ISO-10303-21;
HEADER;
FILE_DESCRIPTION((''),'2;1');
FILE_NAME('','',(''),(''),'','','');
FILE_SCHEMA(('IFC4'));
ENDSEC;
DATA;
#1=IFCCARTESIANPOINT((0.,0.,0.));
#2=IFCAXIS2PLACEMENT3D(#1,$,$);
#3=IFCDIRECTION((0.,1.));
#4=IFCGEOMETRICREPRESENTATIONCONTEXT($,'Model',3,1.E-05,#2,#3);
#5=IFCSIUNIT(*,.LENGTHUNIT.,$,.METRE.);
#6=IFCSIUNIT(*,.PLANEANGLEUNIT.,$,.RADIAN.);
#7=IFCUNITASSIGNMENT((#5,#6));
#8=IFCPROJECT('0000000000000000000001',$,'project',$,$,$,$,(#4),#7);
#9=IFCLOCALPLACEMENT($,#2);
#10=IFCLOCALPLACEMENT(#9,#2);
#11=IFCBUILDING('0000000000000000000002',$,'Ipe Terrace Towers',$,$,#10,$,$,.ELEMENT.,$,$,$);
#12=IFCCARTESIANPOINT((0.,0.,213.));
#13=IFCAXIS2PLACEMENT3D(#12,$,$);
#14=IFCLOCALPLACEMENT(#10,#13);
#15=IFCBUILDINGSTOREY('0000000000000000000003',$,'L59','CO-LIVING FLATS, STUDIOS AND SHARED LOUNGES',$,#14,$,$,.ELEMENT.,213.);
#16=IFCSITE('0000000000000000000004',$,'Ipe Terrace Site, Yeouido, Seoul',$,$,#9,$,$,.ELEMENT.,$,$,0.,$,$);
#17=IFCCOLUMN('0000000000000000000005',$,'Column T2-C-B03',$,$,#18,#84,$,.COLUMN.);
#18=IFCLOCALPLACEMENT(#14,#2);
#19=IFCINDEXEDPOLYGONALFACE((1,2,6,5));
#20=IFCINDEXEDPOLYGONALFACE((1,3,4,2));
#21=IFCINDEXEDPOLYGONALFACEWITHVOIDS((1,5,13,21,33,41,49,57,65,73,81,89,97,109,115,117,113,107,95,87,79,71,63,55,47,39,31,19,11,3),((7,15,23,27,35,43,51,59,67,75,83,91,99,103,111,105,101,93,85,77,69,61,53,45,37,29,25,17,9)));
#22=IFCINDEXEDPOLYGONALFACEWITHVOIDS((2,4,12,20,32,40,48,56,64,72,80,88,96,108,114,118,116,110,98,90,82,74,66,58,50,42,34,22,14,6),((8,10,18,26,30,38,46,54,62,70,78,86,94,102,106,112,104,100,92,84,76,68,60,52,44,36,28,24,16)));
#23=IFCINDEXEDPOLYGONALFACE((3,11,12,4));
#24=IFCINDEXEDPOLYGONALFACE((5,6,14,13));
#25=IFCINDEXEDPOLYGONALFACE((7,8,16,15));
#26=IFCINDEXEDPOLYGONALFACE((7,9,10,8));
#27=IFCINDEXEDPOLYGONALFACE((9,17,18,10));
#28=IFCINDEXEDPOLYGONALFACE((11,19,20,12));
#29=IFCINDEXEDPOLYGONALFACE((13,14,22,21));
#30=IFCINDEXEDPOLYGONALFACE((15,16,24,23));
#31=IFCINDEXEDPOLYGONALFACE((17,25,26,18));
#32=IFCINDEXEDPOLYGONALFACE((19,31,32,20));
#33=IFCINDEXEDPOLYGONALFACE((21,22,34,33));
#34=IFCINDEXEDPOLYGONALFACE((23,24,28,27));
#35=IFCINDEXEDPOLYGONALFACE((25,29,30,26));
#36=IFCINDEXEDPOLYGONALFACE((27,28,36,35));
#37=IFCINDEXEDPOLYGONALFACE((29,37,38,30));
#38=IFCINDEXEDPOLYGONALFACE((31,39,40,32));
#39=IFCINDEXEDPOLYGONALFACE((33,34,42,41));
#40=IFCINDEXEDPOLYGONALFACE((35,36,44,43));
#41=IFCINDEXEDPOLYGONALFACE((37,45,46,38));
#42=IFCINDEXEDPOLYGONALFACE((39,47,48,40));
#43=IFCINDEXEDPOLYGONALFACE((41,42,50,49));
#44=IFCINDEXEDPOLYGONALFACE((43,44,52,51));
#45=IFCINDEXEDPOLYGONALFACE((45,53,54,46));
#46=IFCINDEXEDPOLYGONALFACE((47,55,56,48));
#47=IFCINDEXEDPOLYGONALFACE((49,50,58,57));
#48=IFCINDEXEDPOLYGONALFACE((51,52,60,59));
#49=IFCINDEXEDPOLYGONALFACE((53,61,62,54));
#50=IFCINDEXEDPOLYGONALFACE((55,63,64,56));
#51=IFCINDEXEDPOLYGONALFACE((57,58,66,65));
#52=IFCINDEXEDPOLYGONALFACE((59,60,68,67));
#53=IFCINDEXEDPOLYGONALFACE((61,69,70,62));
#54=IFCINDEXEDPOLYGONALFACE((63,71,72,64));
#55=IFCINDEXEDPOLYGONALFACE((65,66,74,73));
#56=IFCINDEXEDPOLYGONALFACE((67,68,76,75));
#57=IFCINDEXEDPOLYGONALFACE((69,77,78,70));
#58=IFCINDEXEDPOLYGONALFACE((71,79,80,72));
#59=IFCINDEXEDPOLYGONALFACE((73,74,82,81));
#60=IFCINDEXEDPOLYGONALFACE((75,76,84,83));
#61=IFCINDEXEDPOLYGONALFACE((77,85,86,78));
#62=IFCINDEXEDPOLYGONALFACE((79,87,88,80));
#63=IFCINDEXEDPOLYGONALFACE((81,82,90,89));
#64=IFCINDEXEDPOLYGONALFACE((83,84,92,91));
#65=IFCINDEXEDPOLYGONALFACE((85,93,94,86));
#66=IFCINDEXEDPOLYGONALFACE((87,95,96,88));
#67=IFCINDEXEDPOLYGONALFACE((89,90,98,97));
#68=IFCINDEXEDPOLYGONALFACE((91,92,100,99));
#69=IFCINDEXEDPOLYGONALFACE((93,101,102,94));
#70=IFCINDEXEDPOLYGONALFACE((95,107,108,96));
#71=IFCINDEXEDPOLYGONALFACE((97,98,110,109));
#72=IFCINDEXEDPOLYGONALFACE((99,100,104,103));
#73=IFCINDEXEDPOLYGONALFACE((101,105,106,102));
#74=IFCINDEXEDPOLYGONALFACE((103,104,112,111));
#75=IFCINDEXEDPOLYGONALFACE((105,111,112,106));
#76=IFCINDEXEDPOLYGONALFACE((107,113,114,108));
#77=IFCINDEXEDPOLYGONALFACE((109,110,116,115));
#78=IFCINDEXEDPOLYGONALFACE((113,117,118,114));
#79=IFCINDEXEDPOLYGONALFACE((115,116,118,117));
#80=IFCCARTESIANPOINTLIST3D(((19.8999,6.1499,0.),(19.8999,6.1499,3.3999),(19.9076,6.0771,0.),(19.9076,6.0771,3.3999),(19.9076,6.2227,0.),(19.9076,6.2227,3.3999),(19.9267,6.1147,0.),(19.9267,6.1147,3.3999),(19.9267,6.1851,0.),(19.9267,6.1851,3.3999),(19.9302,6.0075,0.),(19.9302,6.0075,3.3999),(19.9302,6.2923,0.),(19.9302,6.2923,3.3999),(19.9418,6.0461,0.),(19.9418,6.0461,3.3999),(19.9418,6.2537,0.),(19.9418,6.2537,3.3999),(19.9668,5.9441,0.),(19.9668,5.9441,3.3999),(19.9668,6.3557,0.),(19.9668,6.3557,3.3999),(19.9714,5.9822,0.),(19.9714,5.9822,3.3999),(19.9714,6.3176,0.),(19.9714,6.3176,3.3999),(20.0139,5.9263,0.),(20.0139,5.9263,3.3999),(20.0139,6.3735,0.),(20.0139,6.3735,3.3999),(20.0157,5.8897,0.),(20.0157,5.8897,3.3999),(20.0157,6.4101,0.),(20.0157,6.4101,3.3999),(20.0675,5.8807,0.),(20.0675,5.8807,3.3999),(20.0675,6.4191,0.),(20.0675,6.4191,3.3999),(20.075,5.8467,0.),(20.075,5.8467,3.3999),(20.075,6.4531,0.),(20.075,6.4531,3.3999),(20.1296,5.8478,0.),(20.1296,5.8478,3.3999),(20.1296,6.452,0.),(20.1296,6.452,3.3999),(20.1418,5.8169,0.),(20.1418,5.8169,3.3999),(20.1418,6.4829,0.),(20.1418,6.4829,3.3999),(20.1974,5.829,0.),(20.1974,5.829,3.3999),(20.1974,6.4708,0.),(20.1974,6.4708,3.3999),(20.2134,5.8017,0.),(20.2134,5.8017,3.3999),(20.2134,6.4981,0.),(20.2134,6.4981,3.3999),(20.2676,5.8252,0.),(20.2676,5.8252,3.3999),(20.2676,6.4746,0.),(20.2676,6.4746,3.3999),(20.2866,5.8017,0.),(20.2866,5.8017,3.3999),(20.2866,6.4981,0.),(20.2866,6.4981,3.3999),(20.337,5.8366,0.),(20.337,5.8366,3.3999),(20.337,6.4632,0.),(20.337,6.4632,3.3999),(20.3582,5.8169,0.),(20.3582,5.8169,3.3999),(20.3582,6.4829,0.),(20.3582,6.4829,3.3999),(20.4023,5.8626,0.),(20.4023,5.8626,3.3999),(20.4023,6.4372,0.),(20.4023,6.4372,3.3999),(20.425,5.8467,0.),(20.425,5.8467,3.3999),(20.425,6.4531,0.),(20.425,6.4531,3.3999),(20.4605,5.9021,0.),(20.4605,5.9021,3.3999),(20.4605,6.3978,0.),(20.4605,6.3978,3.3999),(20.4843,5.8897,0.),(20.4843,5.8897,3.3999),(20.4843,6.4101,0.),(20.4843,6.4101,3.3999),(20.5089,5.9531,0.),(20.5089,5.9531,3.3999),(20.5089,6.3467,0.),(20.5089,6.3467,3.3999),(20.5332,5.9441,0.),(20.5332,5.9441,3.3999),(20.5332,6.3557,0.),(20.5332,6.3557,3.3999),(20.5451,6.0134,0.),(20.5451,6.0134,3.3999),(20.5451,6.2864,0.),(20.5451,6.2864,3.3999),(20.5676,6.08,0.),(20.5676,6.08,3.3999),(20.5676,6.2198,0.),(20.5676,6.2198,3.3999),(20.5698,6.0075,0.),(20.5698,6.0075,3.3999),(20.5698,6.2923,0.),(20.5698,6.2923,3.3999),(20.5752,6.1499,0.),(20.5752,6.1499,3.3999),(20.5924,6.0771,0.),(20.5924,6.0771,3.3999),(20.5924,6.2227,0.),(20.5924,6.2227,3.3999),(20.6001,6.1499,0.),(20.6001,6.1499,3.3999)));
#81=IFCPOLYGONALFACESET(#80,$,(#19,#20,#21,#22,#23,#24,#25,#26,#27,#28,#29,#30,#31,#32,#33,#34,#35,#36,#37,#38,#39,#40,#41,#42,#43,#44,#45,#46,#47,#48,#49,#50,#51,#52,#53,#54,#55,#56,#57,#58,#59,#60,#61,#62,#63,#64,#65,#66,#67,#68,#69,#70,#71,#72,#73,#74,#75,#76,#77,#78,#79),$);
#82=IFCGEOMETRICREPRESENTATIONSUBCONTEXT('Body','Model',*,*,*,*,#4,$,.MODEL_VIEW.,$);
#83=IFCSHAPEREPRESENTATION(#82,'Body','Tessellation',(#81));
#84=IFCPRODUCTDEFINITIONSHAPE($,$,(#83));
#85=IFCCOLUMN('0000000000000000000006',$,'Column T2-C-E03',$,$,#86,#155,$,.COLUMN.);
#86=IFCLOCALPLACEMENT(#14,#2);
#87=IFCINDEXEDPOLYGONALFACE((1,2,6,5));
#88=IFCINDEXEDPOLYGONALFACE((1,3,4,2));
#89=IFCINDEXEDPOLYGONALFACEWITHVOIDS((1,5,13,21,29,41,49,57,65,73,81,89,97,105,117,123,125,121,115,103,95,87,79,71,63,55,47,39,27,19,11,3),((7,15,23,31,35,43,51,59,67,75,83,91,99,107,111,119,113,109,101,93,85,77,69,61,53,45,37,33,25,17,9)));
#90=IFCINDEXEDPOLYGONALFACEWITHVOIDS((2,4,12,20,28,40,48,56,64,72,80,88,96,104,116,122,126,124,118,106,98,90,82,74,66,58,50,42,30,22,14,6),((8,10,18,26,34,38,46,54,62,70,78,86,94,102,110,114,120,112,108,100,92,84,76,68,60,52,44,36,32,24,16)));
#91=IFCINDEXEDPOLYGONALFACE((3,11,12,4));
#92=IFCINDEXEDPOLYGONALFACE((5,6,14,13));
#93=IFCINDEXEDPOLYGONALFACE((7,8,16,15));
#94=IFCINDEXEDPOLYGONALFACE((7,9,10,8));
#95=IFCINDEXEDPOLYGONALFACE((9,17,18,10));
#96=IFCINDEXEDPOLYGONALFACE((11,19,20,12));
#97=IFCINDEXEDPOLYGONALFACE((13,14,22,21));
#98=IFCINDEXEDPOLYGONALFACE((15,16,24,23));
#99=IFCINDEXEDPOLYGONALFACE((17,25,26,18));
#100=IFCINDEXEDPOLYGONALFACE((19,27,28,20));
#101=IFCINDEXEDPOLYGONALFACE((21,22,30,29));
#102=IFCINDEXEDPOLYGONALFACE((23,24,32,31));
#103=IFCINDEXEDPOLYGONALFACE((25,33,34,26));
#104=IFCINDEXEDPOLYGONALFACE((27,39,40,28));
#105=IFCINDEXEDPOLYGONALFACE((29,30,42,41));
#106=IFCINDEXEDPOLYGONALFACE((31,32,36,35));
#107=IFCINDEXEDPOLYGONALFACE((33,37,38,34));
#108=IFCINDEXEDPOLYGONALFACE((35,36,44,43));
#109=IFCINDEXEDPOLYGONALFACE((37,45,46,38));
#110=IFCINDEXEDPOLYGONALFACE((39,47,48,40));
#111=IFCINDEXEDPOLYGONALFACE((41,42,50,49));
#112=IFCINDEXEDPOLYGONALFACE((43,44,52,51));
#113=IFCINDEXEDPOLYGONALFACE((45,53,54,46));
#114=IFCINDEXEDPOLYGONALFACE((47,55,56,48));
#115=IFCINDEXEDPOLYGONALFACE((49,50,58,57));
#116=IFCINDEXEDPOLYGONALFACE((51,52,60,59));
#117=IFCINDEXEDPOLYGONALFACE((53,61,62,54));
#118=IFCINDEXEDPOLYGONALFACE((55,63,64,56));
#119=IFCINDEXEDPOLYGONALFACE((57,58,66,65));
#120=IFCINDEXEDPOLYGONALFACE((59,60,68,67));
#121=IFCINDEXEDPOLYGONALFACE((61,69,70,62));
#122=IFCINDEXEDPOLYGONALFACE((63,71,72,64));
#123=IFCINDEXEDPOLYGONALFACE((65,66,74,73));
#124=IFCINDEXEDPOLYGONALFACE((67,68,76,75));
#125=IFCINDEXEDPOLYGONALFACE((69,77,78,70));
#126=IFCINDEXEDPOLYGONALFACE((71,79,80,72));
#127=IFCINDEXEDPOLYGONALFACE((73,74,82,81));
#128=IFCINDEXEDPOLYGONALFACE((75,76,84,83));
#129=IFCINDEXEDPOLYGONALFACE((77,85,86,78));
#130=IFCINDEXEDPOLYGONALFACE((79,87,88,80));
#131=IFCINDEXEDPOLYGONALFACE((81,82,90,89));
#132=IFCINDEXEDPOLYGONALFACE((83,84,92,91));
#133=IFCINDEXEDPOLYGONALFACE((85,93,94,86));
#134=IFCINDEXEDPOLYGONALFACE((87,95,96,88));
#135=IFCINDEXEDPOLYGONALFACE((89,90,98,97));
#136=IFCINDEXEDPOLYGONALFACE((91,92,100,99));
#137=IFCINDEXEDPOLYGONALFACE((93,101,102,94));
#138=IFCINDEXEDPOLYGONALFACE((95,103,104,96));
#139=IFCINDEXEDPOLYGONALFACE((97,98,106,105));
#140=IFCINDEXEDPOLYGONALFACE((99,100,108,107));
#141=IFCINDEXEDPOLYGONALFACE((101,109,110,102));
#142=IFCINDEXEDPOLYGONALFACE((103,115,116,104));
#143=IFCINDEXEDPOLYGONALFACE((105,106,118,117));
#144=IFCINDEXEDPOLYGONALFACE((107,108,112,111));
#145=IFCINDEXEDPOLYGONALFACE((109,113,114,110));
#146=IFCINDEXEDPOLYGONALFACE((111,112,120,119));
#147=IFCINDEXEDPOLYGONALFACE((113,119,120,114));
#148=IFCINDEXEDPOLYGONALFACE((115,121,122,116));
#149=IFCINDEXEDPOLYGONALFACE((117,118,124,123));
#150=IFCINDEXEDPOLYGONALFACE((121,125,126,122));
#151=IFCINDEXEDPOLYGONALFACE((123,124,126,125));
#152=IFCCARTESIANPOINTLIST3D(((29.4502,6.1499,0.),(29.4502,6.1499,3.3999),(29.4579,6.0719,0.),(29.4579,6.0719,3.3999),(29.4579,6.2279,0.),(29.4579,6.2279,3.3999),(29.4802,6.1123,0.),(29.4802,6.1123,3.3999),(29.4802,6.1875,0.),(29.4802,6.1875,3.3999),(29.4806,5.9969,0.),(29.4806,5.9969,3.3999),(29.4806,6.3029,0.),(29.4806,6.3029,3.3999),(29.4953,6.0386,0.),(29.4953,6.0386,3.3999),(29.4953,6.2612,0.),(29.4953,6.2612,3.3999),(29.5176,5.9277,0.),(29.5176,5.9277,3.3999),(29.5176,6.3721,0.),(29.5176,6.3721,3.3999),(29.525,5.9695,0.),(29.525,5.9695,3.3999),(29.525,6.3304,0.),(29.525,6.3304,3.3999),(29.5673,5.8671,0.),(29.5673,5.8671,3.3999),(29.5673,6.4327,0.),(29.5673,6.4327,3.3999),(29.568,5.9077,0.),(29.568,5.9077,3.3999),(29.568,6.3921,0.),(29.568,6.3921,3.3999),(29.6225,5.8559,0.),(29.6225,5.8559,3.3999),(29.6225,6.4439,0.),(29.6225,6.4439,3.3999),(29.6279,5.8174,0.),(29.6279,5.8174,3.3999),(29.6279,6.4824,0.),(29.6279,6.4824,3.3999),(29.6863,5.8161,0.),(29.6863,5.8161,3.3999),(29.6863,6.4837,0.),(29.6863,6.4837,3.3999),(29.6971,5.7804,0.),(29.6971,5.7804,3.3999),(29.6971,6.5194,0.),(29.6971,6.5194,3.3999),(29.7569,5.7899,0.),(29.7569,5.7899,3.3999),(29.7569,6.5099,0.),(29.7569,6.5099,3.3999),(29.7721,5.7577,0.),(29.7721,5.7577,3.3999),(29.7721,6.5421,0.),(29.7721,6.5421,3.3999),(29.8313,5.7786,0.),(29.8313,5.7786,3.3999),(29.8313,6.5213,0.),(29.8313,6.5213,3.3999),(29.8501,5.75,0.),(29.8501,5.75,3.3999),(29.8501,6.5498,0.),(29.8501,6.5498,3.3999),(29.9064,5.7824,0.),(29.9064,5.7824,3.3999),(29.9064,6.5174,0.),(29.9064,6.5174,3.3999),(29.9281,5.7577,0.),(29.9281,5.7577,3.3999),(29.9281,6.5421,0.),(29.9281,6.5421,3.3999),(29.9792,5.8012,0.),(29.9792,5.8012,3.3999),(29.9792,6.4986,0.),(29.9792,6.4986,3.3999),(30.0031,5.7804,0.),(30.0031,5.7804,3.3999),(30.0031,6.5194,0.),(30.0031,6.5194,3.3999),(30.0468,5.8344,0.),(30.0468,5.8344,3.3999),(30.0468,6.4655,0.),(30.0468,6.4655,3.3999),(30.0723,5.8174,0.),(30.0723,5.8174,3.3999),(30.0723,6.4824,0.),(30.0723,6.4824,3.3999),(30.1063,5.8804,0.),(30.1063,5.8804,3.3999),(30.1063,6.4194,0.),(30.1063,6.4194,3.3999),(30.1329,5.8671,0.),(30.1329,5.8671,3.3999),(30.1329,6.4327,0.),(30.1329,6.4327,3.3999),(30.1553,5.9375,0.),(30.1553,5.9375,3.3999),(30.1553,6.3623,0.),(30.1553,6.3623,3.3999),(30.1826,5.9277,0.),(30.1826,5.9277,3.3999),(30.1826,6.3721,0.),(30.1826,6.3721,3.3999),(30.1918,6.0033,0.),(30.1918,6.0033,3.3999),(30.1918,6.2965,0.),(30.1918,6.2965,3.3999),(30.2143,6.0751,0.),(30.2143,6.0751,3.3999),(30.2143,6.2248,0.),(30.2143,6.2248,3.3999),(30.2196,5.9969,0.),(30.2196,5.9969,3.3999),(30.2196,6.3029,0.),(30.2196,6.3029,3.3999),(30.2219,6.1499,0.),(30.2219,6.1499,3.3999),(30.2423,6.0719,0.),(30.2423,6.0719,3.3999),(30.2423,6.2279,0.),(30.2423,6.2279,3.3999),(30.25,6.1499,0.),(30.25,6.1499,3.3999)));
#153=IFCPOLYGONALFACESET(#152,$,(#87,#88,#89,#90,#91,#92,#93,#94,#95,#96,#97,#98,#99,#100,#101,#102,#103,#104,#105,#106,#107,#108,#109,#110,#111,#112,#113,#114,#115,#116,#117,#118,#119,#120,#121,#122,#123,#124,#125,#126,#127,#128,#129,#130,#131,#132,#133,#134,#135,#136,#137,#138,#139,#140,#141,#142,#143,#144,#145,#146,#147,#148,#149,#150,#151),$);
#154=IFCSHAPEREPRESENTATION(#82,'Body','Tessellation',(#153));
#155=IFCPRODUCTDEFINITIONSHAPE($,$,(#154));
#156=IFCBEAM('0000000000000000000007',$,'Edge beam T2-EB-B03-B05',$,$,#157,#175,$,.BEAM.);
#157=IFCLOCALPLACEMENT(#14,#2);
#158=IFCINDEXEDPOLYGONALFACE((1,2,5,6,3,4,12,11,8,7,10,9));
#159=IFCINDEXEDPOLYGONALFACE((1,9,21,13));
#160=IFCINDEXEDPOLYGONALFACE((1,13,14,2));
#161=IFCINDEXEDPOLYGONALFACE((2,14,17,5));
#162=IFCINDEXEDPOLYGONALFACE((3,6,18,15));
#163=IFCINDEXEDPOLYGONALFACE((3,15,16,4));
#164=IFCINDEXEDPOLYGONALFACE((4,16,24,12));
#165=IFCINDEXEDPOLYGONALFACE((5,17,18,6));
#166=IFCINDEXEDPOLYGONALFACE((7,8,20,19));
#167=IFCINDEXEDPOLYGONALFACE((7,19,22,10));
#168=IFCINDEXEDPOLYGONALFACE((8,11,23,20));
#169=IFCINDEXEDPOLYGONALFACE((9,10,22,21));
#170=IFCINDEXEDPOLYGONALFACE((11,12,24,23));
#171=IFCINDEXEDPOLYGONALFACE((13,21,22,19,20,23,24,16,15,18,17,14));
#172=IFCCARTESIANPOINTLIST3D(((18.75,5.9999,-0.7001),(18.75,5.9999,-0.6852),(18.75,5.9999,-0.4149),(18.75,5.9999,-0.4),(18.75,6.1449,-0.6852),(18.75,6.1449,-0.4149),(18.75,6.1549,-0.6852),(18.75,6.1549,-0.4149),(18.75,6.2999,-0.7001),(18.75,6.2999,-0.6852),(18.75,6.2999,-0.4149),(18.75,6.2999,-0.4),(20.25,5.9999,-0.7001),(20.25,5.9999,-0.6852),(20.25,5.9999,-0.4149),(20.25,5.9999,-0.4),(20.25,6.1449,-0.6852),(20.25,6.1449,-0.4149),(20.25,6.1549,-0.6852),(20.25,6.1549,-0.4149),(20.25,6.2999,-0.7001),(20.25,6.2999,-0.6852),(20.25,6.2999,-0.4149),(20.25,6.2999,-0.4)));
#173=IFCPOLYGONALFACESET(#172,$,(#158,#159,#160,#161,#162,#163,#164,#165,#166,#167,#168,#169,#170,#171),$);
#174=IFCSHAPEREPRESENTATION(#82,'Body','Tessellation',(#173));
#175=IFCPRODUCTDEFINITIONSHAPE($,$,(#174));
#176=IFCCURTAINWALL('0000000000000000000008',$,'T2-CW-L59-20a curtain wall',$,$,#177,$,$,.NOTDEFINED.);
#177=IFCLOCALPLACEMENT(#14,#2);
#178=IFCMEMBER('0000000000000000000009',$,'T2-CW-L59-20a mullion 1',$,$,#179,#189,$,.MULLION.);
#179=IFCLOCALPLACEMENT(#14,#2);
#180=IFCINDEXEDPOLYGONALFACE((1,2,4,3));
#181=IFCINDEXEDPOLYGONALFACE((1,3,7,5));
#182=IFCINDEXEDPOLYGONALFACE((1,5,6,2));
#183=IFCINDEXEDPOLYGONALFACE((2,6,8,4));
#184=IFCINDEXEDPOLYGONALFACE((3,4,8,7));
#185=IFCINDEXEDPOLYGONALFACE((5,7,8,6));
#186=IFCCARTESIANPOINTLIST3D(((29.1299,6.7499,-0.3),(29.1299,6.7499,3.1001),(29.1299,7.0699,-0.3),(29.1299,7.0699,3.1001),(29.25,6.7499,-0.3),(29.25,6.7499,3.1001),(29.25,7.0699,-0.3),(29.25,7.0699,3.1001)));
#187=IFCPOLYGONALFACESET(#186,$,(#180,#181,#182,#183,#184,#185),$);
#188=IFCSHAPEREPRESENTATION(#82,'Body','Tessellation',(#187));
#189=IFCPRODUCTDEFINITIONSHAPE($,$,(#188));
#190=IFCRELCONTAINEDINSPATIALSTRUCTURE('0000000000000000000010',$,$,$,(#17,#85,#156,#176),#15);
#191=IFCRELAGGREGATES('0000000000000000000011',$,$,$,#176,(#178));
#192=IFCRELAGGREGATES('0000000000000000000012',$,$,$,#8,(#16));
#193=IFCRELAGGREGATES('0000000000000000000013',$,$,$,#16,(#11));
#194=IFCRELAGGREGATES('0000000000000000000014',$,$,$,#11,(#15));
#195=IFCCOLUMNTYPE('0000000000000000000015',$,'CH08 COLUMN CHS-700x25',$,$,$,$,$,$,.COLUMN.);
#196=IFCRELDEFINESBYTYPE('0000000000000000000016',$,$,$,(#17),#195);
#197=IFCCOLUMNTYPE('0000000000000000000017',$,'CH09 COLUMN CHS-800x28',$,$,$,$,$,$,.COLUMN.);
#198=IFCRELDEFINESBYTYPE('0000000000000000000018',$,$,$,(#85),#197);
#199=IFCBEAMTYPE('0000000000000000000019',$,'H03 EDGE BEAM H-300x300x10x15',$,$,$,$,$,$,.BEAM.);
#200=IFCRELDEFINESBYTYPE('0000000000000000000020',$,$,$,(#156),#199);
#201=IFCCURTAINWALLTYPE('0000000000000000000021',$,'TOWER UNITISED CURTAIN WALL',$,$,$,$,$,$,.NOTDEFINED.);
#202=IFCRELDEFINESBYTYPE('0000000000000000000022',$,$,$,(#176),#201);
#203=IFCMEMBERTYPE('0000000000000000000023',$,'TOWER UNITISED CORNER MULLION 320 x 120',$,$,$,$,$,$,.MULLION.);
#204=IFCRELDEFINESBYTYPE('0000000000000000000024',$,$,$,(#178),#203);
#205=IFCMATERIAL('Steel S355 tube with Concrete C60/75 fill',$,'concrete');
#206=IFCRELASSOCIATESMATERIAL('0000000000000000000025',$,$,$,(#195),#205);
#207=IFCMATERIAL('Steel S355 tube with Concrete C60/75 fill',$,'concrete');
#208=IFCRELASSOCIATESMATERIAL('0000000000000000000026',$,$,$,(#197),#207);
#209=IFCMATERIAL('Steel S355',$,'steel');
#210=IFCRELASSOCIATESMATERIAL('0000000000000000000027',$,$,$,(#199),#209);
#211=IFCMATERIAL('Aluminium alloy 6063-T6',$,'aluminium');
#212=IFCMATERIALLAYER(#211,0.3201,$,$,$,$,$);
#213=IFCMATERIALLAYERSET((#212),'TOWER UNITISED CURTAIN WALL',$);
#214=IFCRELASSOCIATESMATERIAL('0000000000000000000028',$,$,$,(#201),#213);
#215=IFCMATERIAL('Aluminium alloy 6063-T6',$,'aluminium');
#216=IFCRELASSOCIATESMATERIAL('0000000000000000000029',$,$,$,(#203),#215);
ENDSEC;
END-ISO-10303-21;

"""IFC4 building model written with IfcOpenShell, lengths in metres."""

from ifc_helpers import new_model, si_unit, direction, frame, origin, origin_2d, place, context, subcontext, project, spatial, rectangle, hollow_circle, i_section, extrude, material, layer, layer_set, material_profile, profile_set, type_object, element, aggregate, save


model = new_model("IFC4")

# Units and contexts
model_context = context("Model", 3, precision=1e-05, world=origin(), true_north=direction((0.0, 1.0)))
body_context = subcontext(model_context, "Body", "Model", "MODEL_VIEW")
ifc_project = project(units=[si_unit("LENGTHUNIT", "METRE"), si_unit("PLANEANGLEUNIT", "RADIAN")], contexts=[model_context])

# Site, building, storey
site_placement = place(None, origin())
site = spatial("IfcSite", under=ifc_project, at=site_placement, Name="Ipe Terrace Site, Yeouido, Seoul", CompositionType="ELEMENT", RefElevation=0.0)
building_placement = place(site_placement, origin())
building = spatial("IfcBuilding", under=site, at=building_placement, Name="Ipe Terrace Towers", CompositionType="ELEMENT")
storey_placement = place(building_placement, frame((0.0, 0.0, 213.0)))
storey = spatial("IfcBuildingStorey", under=building, at=storey_placement, Name="L59", Description="CO-LIVING FLATS, STUDIOS AND SHARED LOUNGES", CompositionType="ELEMENT", Elevation=213.0)

# Columns
ifc_material_1 = material(Name="Steel S355 tube with Concrete C60/75 fill", Category="concrete")
ifc_material_profile_1 = material_profile(ifc_material_1, hollow_circle(Radius=0.3501, WallThickness=0.0249, at=origin_2d()), Name="CHS-700x25")
ifc_profile_set_1 = profile_set([ifc_material_profile_1], Name="Steel S355 tube with Concrete C60/75 fill")
column_type_1 = type_object("IfcColumnType", Name="CH08 COLUMN CHS-700x25", PredefinedType="COLUMN", material=ifc_profile_set_1)
column_1_placement = place(storey_placement, frame((20.25, 6.1499, 0.0), z_axis=(0.0, 0.0, 1.0), x_axis=(1.0, 0.0, 0.0)))
element("IfcColumn", 1, at=column_1_placement, inside=storey, type_object=column_type_1, Name="Column T2-C-B03", PredefinedType="COLUMN", context=body_context, shape_type="SweptSolid", body=[
    extrude(hollow_circle(Radius=0.3501, WallThickness=0.0249, at=origin_2d()), origin(), (0.0, 0.0, 1.0), 3.3999),
])
ifc_material_2 = material(Name="Steel S355 tube with Concrete C60/75 fill", Category="concrete")
ifc_material_profile_2 = material_profile(ifc_material_2, hollow_circle(Radius=0.3999, WallThickness=0.0281, at=origin_2d()), Name="CHS-800x28")
ifc_profile_set_2 = profile_set([ifc_material_profile_2], Name="Steel S355 tube with Concrete C60/75 fill")
column_type_2 = type_object("IfcColumnType", Name="CH09 COLUMN CHS-800x28", PredefinedType="COLUMN", material=ifc_profile_set_2)
column_2_placement = place(storey_placement, frame((29.8501, 6.1499, 0.0), z_axis=(0.0, 0.0, 1.0), x_axis=(1.0, 0.0, 0.0)))
element("IfcColumn", 2, at=column_2_placement, inside=storey, type_object=column_type_2, Name="Column T2-C-E03", PredefinedType="COLUMN", context=body_context, shape_type="SweptSolid", body=[
    extrude(hollow_circle(Radius=0.3999, WallThickness=0.0281, at=origin_2d()), origin(), (0.0, 0.0, 1.0), 3.3999),
])

# Beam
ifc_material_3 = material(Name="Steel S355", Category="steel")
ifc_material_profile_3 = material_profile(ifc_material_3, i_section(OverallWidth=0.3, OverallDepth=0.3, WebThickness=0.01, FlangeThickness=0.0149, at=origin_2d()), Name="H-300x300x10x15")
ifc_profile_set_3 = profile_set([ifc_material_profile_3], Name="Steel S355")
beam_type = type_object("IfcBeamType", Name="H03 EDGE BEAM H-300x300x10x15", PredefinedType="BEAM", material=ifc_profile_set_3)
beam_placement = place(storey_placement, frame((20.25, 6.1499, -0.55), z_axis=(-1.0, 0.0, 0.0), x_axis=(0.0, -1.0, 0.0)))
element("IfcBeam", 3, at=beam_placement, inside=storey, type_object=beam_type, Name="Edge beam T2-EB-B03-B05", PredefinedType="BEAM", context=body_context, shape_type="SweptSolid", body=[
    extrude(i_section(OverallWidth=0.3, OverallDepth=0.3, WebThickness=0.01, FlangeThickness=0.0149, at=origin_2d()), origin(), (0.0, 0.0, 1.0), 1.5),
])

# Curtain wall, member
ifc_material_4 = material(Name="Aluminium alloy 6063-T6", Category="aluminium")
ifc_layer_1 = layer(ifc_material_4, 0.3201)
ifc_layer_set_1 = layer_set([ifc_layer_1], Name="TOWER UNITISED CURTAIN WALL")
curtain_wall_type = type_object("IfcCurtainWallType", Name="TOWER UNITISED CURTAIN WALL", PredefinedType="NOTDEFINED", material=ifc_layer_set_1)
curtain_wall_1_placement = place(storey_placement, origin())
curtain_wall_1 = element("IfcCurtainWall", 4, at=curtain_wall_1_placement, inside=storey, type_object=curtain_wall_type, Name="T2-CW-L59-20a curtain wall", PredefinedType="NOTDEFINED")
ifc_material_5 = material(Name="Aluminium alloy 6063-T6", Category="aluminium")
ifc_material_profile_4 = material_profile(ifc_material_5, rectangle(XDim=0.3201, YDim=0.1201, at=origin_2d()), Name="TOWER UNITISED CORNER MULLION 320 x 120")
ifc_profile_set_4 = profile_set([ifc_material_profile_4], Name="Aluminium alloy 6063-T6")
member_type = type_object("IfcMemberType", Name="TOWER UNITISED CORNER MULLION 320 x 120", PredefinedType="MULLION", material=ifc_profile_set_4)
member_1_placement = place(storey_placement, frame((29.1899, 6.9099, -0.3), z_axis=(0.0, 0.0, 1.0), x_axis=(0.0, 1.0, 0.0)))
member_1 = element("IfcMember", 5, at=member_1_placement, type_object=member_type, Name="T2-CW-L59-20a mullion 1", PredefinedType="MULLION", context=body_context, shape_type="SweptSolid", body=[
    extrude(rectangle(XDim=0.3201, YDim=0.1201, at=origin_2d()), origin(), (0.0, 0.0, 1.0), 3.4001),
])

aggregate(curtain_wall_1, [member_1])

save(model, "model.ifc")
